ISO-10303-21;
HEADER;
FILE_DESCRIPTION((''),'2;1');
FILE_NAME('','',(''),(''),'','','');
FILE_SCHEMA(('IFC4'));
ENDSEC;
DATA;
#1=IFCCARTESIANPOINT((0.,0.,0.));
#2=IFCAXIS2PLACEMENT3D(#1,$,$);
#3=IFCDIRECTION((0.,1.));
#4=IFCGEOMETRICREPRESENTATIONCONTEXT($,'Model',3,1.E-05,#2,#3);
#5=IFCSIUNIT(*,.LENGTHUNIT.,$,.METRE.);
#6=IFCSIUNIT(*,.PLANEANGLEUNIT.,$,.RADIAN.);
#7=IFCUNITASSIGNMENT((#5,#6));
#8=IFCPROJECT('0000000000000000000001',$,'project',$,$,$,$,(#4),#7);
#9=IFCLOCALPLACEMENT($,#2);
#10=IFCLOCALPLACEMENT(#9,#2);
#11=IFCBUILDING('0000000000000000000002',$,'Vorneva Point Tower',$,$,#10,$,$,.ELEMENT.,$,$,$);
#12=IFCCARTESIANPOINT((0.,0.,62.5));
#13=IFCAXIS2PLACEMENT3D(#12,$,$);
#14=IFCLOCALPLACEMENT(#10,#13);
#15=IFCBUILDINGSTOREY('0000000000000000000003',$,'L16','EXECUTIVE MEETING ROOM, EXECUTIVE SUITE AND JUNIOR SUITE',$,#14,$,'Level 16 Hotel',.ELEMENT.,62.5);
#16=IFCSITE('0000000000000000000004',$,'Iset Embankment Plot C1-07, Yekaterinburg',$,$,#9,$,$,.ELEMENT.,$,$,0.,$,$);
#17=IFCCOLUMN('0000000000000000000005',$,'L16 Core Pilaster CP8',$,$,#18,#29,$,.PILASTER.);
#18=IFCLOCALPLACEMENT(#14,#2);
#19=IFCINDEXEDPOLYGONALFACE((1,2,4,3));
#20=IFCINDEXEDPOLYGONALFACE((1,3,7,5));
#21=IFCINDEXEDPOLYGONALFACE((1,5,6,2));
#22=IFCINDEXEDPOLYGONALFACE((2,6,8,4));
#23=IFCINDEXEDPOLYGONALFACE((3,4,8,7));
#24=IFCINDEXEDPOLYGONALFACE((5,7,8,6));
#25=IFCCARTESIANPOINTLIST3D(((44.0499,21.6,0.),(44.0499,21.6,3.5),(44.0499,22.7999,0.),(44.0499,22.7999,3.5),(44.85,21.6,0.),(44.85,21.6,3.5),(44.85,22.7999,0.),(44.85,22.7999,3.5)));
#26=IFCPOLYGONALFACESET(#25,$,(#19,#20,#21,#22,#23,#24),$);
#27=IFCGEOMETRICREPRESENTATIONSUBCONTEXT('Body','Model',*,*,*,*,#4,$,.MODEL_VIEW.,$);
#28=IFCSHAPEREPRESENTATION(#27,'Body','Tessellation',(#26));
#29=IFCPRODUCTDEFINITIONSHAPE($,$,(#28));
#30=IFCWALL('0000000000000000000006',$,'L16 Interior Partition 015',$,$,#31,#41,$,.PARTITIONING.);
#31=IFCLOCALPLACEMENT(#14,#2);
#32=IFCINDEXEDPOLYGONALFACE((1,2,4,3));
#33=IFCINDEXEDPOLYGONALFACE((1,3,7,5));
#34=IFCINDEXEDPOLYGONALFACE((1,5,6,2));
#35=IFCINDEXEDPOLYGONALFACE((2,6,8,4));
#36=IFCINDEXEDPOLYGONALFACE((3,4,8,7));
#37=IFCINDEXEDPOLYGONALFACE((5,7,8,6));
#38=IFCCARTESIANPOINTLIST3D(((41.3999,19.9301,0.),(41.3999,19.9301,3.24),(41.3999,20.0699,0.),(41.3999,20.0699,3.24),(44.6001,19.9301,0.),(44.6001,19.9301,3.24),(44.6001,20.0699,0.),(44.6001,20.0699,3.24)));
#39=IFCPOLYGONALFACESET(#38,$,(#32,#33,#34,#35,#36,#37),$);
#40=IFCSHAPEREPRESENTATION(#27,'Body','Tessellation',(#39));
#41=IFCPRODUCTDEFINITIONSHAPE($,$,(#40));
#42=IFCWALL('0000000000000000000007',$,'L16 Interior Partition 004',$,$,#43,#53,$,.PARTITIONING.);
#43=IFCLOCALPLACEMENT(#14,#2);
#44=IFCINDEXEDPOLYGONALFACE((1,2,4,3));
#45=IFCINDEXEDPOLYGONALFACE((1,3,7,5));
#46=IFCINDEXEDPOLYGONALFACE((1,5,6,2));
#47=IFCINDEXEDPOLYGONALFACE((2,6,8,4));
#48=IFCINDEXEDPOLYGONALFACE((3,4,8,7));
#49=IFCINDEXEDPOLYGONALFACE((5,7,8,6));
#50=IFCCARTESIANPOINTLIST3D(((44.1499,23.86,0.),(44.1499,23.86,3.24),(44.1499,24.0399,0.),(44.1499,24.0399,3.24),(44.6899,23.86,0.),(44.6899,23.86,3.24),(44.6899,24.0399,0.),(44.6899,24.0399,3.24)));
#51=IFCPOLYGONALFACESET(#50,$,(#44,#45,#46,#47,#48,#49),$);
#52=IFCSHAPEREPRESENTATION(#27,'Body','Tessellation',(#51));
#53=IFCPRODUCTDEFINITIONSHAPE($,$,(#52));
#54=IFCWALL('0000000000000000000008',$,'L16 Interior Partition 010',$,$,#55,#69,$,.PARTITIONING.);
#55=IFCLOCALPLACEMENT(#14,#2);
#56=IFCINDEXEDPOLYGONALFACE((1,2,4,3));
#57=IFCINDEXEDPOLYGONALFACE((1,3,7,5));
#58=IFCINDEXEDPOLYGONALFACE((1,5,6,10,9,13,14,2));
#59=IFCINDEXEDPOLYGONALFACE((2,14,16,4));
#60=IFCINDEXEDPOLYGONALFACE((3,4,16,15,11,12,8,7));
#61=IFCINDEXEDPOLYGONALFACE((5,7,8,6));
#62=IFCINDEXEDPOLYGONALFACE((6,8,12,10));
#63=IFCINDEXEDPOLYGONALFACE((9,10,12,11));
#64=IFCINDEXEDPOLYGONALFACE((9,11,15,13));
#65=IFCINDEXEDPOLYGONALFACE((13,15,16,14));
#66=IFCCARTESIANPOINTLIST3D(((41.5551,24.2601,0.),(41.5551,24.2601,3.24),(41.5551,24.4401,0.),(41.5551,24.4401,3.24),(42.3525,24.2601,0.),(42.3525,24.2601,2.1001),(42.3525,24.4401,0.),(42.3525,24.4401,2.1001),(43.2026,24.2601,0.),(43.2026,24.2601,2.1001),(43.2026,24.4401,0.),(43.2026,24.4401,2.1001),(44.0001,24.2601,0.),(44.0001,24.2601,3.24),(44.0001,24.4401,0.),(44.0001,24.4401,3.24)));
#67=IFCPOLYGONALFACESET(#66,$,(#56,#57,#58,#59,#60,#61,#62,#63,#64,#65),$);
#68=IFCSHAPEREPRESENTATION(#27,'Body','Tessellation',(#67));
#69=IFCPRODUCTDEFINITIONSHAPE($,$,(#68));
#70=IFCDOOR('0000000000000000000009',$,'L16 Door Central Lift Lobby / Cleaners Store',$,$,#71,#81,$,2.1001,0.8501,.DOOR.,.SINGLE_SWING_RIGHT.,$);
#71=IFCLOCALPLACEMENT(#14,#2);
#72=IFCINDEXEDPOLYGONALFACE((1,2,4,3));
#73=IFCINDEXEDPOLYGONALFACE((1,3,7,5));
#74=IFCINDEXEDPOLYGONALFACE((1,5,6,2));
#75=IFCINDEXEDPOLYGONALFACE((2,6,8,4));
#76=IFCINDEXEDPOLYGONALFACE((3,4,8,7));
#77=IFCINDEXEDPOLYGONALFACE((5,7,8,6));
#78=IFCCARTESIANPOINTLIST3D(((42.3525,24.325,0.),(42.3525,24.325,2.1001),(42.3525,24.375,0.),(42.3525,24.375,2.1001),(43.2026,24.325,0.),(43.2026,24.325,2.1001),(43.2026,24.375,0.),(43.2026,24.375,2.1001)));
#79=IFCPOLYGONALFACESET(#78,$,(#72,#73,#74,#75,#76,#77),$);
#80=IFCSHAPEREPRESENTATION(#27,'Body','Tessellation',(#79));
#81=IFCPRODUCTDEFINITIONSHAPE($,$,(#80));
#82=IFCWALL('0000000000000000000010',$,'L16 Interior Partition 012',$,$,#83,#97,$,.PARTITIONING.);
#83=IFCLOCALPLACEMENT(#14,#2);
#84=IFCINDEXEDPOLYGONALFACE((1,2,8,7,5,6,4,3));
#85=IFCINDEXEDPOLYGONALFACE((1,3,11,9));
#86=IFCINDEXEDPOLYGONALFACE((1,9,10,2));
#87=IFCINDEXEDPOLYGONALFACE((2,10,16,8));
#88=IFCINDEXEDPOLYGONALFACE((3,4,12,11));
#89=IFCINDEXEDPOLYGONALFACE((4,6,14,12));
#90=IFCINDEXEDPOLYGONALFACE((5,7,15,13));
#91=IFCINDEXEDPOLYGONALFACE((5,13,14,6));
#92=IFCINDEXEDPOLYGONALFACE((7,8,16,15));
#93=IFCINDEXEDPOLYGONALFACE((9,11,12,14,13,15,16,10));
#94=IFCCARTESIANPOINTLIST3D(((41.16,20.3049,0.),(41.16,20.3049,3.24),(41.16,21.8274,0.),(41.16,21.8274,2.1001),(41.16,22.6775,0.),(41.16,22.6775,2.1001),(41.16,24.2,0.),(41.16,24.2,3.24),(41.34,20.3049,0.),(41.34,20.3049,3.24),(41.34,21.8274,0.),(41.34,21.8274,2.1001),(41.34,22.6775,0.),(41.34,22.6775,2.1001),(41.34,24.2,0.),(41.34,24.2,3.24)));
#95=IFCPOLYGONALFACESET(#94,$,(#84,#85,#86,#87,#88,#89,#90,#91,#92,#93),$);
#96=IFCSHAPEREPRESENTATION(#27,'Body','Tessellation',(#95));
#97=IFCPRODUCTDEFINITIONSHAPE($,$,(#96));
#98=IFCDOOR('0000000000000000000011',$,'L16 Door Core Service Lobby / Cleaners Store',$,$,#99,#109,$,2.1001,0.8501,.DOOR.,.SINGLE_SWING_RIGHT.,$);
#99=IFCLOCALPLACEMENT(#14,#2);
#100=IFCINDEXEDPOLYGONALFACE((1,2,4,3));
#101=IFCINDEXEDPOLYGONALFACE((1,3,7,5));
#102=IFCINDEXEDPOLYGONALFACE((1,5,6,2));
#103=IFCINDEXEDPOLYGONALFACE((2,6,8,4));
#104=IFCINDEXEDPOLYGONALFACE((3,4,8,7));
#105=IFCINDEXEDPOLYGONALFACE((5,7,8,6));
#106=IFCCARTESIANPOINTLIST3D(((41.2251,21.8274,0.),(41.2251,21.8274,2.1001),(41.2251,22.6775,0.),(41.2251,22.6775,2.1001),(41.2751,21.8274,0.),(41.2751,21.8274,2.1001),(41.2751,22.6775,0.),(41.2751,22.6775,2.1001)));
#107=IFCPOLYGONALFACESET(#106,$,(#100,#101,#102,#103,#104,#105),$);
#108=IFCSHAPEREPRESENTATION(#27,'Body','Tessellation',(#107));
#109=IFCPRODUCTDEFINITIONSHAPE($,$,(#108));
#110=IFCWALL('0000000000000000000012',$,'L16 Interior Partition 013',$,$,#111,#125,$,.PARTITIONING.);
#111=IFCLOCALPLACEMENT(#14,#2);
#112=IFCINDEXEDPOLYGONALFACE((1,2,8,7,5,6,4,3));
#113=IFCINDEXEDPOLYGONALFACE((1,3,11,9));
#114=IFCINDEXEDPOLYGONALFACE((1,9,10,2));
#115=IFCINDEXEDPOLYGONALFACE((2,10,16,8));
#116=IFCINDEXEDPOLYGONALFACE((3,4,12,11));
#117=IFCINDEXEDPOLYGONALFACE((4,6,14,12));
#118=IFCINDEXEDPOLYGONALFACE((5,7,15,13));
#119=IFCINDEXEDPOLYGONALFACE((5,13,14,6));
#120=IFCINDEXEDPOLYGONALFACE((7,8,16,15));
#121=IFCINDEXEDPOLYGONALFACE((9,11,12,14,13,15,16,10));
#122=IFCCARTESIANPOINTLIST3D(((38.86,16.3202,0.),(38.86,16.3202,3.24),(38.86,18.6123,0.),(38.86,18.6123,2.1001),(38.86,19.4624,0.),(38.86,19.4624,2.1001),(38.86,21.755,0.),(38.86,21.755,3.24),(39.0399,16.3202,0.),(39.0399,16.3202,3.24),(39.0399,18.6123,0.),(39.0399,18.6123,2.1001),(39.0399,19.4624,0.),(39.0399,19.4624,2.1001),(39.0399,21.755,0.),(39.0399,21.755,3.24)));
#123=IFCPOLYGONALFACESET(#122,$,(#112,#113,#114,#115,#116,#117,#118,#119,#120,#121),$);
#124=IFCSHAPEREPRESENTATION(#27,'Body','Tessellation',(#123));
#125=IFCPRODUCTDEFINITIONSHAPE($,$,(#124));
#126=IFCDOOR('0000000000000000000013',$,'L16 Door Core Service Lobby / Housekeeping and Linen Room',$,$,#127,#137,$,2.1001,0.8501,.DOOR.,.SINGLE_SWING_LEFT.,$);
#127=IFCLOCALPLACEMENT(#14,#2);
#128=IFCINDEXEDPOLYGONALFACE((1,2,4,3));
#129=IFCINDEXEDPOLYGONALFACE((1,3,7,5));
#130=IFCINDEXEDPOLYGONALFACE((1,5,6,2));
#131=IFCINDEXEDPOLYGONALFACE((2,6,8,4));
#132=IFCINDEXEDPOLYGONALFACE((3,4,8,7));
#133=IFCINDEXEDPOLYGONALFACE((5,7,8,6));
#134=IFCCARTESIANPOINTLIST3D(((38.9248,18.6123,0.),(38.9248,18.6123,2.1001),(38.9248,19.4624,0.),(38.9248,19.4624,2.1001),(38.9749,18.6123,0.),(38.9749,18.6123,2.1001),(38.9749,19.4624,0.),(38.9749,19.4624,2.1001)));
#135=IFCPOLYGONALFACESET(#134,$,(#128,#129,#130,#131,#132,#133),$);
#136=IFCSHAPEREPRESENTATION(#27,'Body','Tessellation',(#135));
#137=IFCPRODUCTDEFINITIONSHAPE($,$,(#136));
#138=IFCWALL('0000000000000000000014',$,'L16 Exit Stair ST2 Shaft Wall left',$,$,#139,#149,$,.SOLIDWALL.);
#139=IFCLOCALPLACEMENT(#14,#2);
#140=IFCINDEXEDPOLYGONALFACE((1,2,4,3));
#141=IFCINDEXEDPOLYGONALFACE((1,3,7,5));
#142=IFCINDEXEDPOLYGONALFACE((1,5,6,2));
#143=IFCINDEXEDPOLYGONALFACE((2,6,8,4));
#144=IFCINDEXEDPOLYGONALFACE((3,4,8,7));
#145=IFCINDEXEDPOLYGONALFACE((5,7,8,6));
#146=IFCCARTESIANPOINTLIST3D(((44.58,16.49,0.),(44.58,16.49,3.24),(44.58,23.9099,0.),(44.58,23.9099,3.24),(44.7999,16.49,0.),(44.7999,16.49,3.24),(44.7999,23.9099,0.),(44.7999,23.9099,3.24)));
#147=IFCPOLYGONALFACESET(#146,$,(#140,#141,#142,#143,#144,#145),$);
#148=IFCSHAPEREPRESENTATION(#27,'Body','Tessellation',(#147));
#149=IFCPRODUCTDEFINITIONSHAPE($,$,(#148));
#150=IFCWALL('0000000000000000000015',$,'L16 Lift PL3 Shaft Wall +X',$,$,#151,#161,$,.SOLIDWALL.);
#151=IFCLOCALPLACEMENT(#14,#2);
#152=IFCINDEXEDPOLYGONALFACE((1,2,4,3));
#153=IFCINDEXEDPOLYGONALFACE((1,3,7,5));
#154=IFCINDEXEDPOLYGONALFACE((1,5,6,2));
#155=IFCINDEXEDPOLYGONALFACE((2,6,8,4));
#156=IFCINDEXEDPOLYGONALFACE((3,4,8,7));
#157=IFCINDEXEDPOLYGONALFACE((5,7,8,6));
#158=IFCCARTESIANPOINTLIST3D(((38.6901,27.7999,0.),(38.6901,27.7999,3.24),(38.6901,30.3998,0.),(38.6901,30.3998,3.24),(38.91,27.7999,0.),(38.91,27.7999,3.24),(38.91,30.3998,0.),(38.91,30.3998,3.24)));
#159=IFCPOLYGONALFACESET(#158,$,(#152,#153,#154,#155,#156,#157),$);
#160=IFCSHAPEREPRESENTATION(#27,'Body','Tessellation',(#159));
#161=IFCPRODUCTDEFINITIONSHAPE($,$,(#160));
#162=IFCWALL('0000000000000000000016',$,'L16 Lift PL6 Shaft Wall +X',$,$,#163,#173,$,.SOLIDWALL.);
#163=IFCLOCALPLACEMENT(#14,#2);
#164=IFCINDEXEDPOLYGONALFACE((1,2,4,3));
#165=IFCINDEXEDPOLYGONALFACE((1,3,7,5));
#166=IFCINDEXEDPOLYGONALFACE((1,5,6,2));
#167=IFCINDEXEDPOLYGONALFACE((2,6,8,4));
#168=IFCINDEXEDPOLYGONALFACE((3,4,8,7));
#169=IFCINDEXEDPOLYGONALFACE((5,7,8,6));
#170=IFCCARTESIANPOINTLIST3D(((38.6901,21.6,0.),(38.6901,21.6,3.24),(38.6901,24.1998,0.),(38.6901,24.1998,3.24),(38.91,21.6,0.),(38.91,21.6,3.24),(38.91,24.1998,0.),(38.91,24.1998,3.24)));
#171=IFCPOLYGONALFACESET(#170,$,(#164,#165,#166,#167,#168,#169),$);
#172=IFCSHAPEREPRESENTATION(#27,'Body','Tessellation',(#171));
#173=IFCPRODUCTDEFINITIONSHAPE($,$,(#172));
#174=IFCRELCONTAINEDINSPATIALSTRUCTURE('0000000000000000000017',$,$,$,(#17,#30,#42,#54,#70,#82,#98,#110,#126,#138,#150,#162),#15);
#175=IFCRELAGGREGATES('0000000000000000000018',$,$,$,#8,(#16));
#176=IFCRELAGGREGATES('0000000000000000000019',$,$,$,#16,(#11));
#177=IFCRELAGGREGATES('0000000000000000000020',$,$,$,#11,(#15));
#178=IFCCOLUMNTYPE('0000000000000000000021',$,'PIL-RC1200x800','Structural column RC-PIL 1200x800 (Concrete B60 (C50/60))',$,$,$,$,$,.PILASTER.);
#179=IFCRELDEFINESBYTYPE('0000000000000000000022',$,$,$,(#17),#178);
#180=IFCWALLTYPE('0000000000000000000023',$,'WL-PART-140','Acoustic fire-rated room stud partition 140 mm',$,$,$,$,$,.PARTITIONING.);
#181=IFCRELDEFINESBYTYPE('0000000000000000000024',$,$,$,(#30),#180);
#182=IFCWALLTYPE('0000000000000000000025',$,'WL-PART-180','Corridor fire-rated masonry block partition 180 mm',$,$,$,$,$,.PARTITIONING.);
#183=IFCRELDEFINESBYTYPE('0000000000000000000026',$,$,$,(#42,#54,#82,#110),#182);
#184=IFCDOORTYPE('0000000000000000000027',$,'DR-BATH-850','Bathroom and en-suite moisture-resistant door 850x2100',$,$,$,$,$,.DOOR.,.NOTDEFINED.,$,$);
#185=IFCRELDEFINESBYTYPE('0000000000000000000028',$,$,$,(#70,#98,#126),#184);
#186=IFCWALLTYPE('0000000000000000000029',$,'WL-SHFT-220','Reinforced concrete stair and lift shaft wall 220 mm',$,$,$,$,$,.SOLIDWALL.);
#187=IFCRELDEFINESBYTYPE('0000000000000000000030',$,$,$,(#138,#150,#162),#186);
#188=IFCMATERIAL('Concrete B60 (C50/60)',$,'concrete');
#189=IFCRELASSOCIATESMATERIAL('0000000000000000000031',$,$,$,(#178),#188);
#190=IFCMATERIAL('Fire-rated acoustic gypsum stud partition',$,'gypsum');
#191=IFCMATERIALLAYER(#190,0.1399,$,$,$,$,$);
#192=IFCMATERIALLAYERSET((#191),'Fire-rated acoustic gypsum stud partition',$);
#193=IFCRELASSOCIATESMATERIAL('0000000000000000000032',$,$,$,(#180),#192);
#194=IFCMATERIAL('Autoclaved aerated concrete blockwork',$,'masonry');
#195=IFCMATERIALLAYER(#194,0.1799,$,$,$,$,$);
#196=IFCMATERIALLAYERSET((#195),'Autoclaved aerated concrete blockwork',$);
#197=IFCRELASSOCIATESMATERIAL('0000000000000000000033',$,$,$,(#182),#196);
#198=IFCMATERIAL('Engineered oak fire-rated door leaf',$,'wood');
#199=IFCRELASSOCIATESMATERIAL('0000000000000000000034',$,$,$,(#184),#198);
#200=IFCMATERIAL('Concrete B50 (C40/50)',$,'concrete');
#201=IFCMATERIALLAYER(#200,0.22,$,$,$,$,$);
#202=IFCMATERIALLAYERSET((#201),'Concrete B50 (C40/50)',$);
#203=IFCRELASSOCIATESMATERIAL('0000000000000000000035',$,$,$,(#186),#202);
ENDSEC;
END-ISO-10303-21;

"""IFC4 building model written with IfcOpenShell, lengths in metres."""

from ifc_helpers import new_model, si_unit, direction, frame, frame_2d, origin, origin_2d, place, context, subcontext, project, spatial, rectangle, extrude, material, layer, layer_set, material_profile, profile_set, type_object, element, fill, save


model = new_model("IFC4")

# Units and contexts
model_context = context("Model", 3, precision=1e-05, world=origin(), true_north=direction((0.0, 1.0)))
body_context = subcontext(model_context, "Body", "Model", "MODEL_VIEW")
ifc_project = project(units=[si_unit("LENGTHUNIT", "METRE"), si_unit("PLANEANGLEUNIT", "RADIAN")], contexts=[model_context])

# Site, building, storey
site_placement = place(None, origin())
site = spatial("IfcSite", under=ifc_project, at=site_placement, Name="Iset Embankment Plot C1-07, Yekaterinburg", CompositionType="ELEMENT", RefElevation=0.0)
building_placement = place(site_placement, origin())
building = spatial("IfcBuilding", under=site, at=building_placement, Name="Vorneva Point Tower", CompositionType="ELEMENT")
storey_placement = place(building_placement, frame((0.0, 0.0, 62.5)))
storey = spatial("IfcBuildingStorey", under=building, at=storey_placement, Name="L16", Description="EXECUTIVE MEETING ROOM, EXECUTIVE SUITE AND JUNIOR SUITE", LongName="Level 16 Hotel", CompositionType="ELEMENT", Elevation=62.5)

# Column
ifc_material_1 = material(Name="Concrete B60 (C50/60)", Category="concrete")
ifc_material_profile = material_profile(ifc_material_1, rectangle(XDim=0.8, YDim=1.2, at=origin_2d()), Name="RC-PIL 1200x800")
ifc_profile_set = profile_set([ifc_material_profile], Name="Concrete B60 (C50/60)")
column_type = type_object("IfcColumnType", Name="PIL-RC1200x800", Description="Structural column RC-PIL 1200x800 (Concrete B60 (C50/60))", PredefinedType="PILASTER", material=ifc_profile_set)
column_placement = place(storey_placement, frame((44.45, 22.2, 0.0), z_axis=(0.0, 0.0, 1.0), x_axis=(1.0, 0.0, 0.0)))
element("IfcColumn", 1, at=column_placement, inside=storey, type_object=column_type, Name="L16 Core Pilaster CP8", PredefinedType="PILASTER", context=body_context, shape_type="SweptSolid", body=[
    extrude(rectangle(XDim=0.8, YDim=1.2, at=origin_2d()), origin(), (0.0, 0.0, 1.0), 3.5),
])

# Walls
ifc_material_2 = material(Name="Fire-rated acoustic gypsum stud partition", Category="gypsum")
ifc_layer_1 = layer(ifc_material_2, 0.1399)
ifc_layer_set_1 = layer_set([ifc_layer_1], Name="Fire-rated acoustic gypsum stud partition")
wall_type_1 = type_object("IfcWallType", Name="WL-PART-140", Description="Acoustic fire-rated room stud partition 140 mm", PredefinedType="PARTITIONING", material=ifc_layer_set_1)
wall_1_placement = place(storey_placement, frame((44.6001, 20.0, 0.0), z_axis=(0.0, 0.0, 1.0), x_axis=(-1.0, 0.0, 0.0)))
element("IfcWall", 2, at=wall_1_placement, inside=storey, type_object=wall_type_1, Name="L16 Interior Partition 015", PredefinedType="PARTITIONING", context=body_context, shape_type="SweptSolid", body=[
    extrude(rectangle(XDim=3.2002, YDim=0.1399, at=frame_2d((1.6001, 0.0))), origin(), (0.0, 0.0, 1.0), 3.24),
])
ifc_material_3 = material(Name="Autoclaved aerated concrete blockwork", Category="masonry")
ifc_layer_2 = layer(ifc_material_3, 0.1799)
ifc_layer_set_2 = layer_set([ifc_layer_2], Name="Autoclaved aerated concrete blockwork")
wall_type_2 = type_object("IfcWallType", Name="WL-PART-180", Description="Corridor fire-rated masonry block partition 180 mm", PredefinedType="PARTITIONING", material=ifc_layer_set_2)
wall_2_placement = place(storey_placement, frame((44.1499, 23.95, 0.0), z_axis=(0.0, 0.0, 1.0), x_axis=(1.0, 0.0, 0.0)))
element("IfcWall", 3, at=wall_2_placement, inside=storey, type_object=wall_type_2, Name="L16 Interior Partition 004", PredefinedType="PARTITIONING", context=body_context, shape_type="SweptSolid", body=[
    extrude(rectangle(XDim=0.54, YDim=0.1799, at=frame_2d((0.27, 0.0))), origin(), (0.0, 0.0, 1.0), 3.24),
])

# Walls, openings, doors
wall_3_placement = place(storey_placement, frame((41.5549, 24.3501, 0.0), z_axis=(0.0, 0.0, 1.0), x_axis=(1.0, 0.0, 0.0)))
wall_3 = element("IfcWall", 4, at=wall_3_placement, inside=storey, type_object=wall_type_2, Name="L16 Interior Partition 010", PredefinedType="PARTITIONING", context=body_context, shape_type="SweptSolid", body=[
    extrude(rectangle(XDim=2.4451, YDim=0.1799, at=frame_2d((1.2227, 0.0))), origin(), (0.0, 0.0, 1.0), 3.24),
])
opening_1_placement = place(wall_3_placement, frame((0.7976, 0.0, 0.0)))
opening_1 = element("IfcOpeningElement", 5, at=opening_1_placement, cuts=wall_3, PredefinedType="OPENING", context=body_context, shape_type="SweptSolid", body=[
    extrude(rectangle(XDim=0.8501, YDim=2.1001, at=frame_2d((0.425, 1.05))), frame((0.0, 0.105, 0.0), z_axis=(0.0, -1.0, 0.0), x_axis=(1.0, 0.0, 0.0)), (0.0, 0.0, 1.0), 0.2097),
])
ifc_material_4 = material(Name="Engineered oak fire-rated door leaf", Category="wood")
door_type_1 = type_object("IfcDoorType", Name="DR-BATH-850", Description="Bathroom and en-suite moisture-resistant door 850x2100", OperationType="NOTDEFINED", PredefinedType="DOOR", material=ifc_material_4)
door_1_placement = place(opening_1_placement, origin())
door_1 = element("IfcDoor", 6, at=door_1_placement, inside=storey, type_object=door_type_1, Name="L16 Door Central Lift Lobby / Cleaners Store", OperationType="SINGLE_SWING_RIGHT", OverallHeight=2.1001, OverallWidth=0.8501, PredefinedType="DOOR", context=body_context, shape_type="SweptSolid", body=[
    extrude(rectangle(XDim=0.8501, YDim=2.1001, at=frame_2d((0.425, 1.05))), frame((0.0, 0.0249, 0.0), z_axis=(0.0, -1.0, 0.0), x_axis=(1.0, 0.0, 0.0)), (0.0, 0.0, 1.0), 0.05),
])
fill(opening_1, door_1)
wall_4_placement = place(storey_placement, frame((41.25, 20.3049, 0.0), z_axis=(0.0, 0.0, 1.0), x_axis=(0.0, 1.0, 0.0)))
wall_4 = element("IfcWall", 7, at=wall_4_placement, inside=storey, type_object=wall_type_2, Name="L16 Interior Partition 012", PredefinedType="PARTITIONING", context=body_context, shape_type="SweptSolid", body=[
    extrude(rectangle(XDim=3.895, YDim=0.1799, at=frame_2d((1.9475, 0.0))), origin(), (0.0, 0.0, 1.0), 3.24),
])
opening_2_placement = place(wall_4_placement, frame((1.5225, 0.0, 0.0)))
opening_2 = element("IfcOpeningElement", 8, at=opening_2_placement, cuts=wall_4, PredefinedType="OPENING", context=body_context, shape_type="SweptSolid", body=[
    extrude(rectangle(XDim=0.8501, YDim=2.1001, at=frame_2d((0.425, 1.05))), frame((0.0, 0.105, 0.0), z_axis=(0.0, -1.0, 0.0), x_axis=(1.0, 0.0, 0.0)), (0.0, 0.0, 1.0), 0.2097),
])
door_2_placement = place(opening_2_placement, origin())
door_2 = element("IfcDoor", 9, at=door_2_placement, inside=storey, type_object=door_type_1, Name="L16 Door Core Service Lobby / Cleaners Store", OperationType="SINGLE_SWING_RIGHT", OverallHeight=2.1001, OverallWidth=0.8501, PredefinedType="DOOR", context=body_context, shape_type="SweptSolid", body=[
    extrude(rectangle(XDim=0.8501, YDim=2.1001, at=frame_2d((0.425, 1.05))), frame((0.0, 0.0249, 0.0), z_axis=(0.0, -1.0, 0.0), x_axis=(1.0, 0.0, 0.0)), (0.0, 0.0, 1.0), 0.05),
])
fill(opening_2, door_2)
wall_5_placement = place(storey_placement, frame((38.95, 21.7549, 0.0), z_axis=(0.0, 0.0, 1.0), x_axis=(0.0, -1.0, 0.0)))
wall_5 = element("IfcWall", 10, at=wall_5_placement, inside=storey, type_object=wall_type_2, Name="L16 Interior Partition 013", PredefinedType="PARTITIONING", context=body_context, shape_type="SweptSolid", body=[
    extrude(rectangle(XDim=5.4348, YDim=0.1799, at=frame_2d((2.7173, 0.0))), origin(), (0.0, 0.0, 1.0), 3.24),
])
opening_3_placement = place(wall_5_placement, frame((2.2925, 0.0, 0.0)))
opening_3 = element("IfcOpeningElement", 11, at=opening_3_placement, cuts=wall_5, PredefinedType="OPENING", context=body_context, shape_type="SweptSolid", body=[
    extrude(rectangle(XDim=0.8501, YDim=2.1001, at=frame_2d((0.425, 1.05))), frame((0.0, 0.105, 0.0), z_axis=(0.0, -1.0, 0.0), x_axis=(1.0, 0.0, 0.0)), (0.0, 0.0, 1.0), 0.2097),
])
door_3_placement = place(opening_3_placement, origin())
door_3 = element("IfcDoor", 12, at=door_3_placement, inside=storey, type_object=door_type_1, Name="L16 Door Core Service Lobby / Housekeeping and Linen Room", OperationType="SINGLE_SWING_LEFT", OverallHeight=2.1001, OverallWidth=0.8501, PredefinedType="DOOR", context=body_context, shape_type="SweptSolid", body=[
    extrude(rectangle(XDim=0.8501, YDim=2.1001, at=frame_2d((0.425, 1.05))), frame((0.0, 0.0249, 0.0), z_axis=(0.0, -1.0, 0.0), x_axis=(1.0, 0.0, 0.0)), (0.0, 0.0, 1.0), 0.05),
])
fill(opening_3, door_3)
ifc_material_5 = material(Name="Concrete B50 (C40/50)", Category="concrete")
ifc_layer_3 = layer(ifc_material_5, 0.22)
ifc_layer_set_3 = layer_set([ifc_layer_3], Name="Concrete B50 (C40/50)")
wall_type_3 = type_object("IfcWallType", Name="WL-SHFT-220", Description="Reinforced concrete stair and lift shaft wall 220 mm", PredefinedType="SOLIDWALL", material=ifc_layer_set_3)

# Walls
wall_6_placement = place(storey_placement, frame((44.6899, 16.49, 0.0), z_axis=(0.0, 0.0, 1.0), x_axis=(0.0, 1.0, 0.0)))
element("IfcWall", 13, at=wall_6_placement, inside=storey, type_object=wall_type_3, Name="L16 Exit Stair ST2 Shaft Wall left", PredefinedType="SOLIDWALL", context=body_context, shape_type="SweptSolid", body=[
    extrude(rectangle(XDim=7.4199, YDim=0.22, at=frame_2d((3.71, 0.0))), origin(), (0.0, 0.0, 1.0), 3.24),
])
for number, where, z_axis, x_axis, name in (
    (14, (38.8, 27.8, 0.0), (0.0, 0.0, 1.0), (0.0, 1.0, 0.0), "L16 Lift PL3 Shaft Wall +X"),
    (15, (38.8, 21.6001, 0.0), (0.0, 0.0, 1.0), (0.0, 1.0, 0.0), "L16 Lift PL6 Shaft Wall +X"),
):
    element("IfcWall", number, at=place(storey_placement, frame(where, z_axis=z_axis, x_axis=x_axis)), inside=storey, type_object=wall_type_3, Name=name, PredefinedType="SOLIDWALL", context=body_context, shape_type="SweptSolid", body=[
        extrude(rectangle(XDim=2.5999, YDim=0.22, at=frame_2d((1.2998, 0.0))), origin(), (0.0, 0.0, 1.0), 3.24),
    ])

save(model, "model.ifc")
